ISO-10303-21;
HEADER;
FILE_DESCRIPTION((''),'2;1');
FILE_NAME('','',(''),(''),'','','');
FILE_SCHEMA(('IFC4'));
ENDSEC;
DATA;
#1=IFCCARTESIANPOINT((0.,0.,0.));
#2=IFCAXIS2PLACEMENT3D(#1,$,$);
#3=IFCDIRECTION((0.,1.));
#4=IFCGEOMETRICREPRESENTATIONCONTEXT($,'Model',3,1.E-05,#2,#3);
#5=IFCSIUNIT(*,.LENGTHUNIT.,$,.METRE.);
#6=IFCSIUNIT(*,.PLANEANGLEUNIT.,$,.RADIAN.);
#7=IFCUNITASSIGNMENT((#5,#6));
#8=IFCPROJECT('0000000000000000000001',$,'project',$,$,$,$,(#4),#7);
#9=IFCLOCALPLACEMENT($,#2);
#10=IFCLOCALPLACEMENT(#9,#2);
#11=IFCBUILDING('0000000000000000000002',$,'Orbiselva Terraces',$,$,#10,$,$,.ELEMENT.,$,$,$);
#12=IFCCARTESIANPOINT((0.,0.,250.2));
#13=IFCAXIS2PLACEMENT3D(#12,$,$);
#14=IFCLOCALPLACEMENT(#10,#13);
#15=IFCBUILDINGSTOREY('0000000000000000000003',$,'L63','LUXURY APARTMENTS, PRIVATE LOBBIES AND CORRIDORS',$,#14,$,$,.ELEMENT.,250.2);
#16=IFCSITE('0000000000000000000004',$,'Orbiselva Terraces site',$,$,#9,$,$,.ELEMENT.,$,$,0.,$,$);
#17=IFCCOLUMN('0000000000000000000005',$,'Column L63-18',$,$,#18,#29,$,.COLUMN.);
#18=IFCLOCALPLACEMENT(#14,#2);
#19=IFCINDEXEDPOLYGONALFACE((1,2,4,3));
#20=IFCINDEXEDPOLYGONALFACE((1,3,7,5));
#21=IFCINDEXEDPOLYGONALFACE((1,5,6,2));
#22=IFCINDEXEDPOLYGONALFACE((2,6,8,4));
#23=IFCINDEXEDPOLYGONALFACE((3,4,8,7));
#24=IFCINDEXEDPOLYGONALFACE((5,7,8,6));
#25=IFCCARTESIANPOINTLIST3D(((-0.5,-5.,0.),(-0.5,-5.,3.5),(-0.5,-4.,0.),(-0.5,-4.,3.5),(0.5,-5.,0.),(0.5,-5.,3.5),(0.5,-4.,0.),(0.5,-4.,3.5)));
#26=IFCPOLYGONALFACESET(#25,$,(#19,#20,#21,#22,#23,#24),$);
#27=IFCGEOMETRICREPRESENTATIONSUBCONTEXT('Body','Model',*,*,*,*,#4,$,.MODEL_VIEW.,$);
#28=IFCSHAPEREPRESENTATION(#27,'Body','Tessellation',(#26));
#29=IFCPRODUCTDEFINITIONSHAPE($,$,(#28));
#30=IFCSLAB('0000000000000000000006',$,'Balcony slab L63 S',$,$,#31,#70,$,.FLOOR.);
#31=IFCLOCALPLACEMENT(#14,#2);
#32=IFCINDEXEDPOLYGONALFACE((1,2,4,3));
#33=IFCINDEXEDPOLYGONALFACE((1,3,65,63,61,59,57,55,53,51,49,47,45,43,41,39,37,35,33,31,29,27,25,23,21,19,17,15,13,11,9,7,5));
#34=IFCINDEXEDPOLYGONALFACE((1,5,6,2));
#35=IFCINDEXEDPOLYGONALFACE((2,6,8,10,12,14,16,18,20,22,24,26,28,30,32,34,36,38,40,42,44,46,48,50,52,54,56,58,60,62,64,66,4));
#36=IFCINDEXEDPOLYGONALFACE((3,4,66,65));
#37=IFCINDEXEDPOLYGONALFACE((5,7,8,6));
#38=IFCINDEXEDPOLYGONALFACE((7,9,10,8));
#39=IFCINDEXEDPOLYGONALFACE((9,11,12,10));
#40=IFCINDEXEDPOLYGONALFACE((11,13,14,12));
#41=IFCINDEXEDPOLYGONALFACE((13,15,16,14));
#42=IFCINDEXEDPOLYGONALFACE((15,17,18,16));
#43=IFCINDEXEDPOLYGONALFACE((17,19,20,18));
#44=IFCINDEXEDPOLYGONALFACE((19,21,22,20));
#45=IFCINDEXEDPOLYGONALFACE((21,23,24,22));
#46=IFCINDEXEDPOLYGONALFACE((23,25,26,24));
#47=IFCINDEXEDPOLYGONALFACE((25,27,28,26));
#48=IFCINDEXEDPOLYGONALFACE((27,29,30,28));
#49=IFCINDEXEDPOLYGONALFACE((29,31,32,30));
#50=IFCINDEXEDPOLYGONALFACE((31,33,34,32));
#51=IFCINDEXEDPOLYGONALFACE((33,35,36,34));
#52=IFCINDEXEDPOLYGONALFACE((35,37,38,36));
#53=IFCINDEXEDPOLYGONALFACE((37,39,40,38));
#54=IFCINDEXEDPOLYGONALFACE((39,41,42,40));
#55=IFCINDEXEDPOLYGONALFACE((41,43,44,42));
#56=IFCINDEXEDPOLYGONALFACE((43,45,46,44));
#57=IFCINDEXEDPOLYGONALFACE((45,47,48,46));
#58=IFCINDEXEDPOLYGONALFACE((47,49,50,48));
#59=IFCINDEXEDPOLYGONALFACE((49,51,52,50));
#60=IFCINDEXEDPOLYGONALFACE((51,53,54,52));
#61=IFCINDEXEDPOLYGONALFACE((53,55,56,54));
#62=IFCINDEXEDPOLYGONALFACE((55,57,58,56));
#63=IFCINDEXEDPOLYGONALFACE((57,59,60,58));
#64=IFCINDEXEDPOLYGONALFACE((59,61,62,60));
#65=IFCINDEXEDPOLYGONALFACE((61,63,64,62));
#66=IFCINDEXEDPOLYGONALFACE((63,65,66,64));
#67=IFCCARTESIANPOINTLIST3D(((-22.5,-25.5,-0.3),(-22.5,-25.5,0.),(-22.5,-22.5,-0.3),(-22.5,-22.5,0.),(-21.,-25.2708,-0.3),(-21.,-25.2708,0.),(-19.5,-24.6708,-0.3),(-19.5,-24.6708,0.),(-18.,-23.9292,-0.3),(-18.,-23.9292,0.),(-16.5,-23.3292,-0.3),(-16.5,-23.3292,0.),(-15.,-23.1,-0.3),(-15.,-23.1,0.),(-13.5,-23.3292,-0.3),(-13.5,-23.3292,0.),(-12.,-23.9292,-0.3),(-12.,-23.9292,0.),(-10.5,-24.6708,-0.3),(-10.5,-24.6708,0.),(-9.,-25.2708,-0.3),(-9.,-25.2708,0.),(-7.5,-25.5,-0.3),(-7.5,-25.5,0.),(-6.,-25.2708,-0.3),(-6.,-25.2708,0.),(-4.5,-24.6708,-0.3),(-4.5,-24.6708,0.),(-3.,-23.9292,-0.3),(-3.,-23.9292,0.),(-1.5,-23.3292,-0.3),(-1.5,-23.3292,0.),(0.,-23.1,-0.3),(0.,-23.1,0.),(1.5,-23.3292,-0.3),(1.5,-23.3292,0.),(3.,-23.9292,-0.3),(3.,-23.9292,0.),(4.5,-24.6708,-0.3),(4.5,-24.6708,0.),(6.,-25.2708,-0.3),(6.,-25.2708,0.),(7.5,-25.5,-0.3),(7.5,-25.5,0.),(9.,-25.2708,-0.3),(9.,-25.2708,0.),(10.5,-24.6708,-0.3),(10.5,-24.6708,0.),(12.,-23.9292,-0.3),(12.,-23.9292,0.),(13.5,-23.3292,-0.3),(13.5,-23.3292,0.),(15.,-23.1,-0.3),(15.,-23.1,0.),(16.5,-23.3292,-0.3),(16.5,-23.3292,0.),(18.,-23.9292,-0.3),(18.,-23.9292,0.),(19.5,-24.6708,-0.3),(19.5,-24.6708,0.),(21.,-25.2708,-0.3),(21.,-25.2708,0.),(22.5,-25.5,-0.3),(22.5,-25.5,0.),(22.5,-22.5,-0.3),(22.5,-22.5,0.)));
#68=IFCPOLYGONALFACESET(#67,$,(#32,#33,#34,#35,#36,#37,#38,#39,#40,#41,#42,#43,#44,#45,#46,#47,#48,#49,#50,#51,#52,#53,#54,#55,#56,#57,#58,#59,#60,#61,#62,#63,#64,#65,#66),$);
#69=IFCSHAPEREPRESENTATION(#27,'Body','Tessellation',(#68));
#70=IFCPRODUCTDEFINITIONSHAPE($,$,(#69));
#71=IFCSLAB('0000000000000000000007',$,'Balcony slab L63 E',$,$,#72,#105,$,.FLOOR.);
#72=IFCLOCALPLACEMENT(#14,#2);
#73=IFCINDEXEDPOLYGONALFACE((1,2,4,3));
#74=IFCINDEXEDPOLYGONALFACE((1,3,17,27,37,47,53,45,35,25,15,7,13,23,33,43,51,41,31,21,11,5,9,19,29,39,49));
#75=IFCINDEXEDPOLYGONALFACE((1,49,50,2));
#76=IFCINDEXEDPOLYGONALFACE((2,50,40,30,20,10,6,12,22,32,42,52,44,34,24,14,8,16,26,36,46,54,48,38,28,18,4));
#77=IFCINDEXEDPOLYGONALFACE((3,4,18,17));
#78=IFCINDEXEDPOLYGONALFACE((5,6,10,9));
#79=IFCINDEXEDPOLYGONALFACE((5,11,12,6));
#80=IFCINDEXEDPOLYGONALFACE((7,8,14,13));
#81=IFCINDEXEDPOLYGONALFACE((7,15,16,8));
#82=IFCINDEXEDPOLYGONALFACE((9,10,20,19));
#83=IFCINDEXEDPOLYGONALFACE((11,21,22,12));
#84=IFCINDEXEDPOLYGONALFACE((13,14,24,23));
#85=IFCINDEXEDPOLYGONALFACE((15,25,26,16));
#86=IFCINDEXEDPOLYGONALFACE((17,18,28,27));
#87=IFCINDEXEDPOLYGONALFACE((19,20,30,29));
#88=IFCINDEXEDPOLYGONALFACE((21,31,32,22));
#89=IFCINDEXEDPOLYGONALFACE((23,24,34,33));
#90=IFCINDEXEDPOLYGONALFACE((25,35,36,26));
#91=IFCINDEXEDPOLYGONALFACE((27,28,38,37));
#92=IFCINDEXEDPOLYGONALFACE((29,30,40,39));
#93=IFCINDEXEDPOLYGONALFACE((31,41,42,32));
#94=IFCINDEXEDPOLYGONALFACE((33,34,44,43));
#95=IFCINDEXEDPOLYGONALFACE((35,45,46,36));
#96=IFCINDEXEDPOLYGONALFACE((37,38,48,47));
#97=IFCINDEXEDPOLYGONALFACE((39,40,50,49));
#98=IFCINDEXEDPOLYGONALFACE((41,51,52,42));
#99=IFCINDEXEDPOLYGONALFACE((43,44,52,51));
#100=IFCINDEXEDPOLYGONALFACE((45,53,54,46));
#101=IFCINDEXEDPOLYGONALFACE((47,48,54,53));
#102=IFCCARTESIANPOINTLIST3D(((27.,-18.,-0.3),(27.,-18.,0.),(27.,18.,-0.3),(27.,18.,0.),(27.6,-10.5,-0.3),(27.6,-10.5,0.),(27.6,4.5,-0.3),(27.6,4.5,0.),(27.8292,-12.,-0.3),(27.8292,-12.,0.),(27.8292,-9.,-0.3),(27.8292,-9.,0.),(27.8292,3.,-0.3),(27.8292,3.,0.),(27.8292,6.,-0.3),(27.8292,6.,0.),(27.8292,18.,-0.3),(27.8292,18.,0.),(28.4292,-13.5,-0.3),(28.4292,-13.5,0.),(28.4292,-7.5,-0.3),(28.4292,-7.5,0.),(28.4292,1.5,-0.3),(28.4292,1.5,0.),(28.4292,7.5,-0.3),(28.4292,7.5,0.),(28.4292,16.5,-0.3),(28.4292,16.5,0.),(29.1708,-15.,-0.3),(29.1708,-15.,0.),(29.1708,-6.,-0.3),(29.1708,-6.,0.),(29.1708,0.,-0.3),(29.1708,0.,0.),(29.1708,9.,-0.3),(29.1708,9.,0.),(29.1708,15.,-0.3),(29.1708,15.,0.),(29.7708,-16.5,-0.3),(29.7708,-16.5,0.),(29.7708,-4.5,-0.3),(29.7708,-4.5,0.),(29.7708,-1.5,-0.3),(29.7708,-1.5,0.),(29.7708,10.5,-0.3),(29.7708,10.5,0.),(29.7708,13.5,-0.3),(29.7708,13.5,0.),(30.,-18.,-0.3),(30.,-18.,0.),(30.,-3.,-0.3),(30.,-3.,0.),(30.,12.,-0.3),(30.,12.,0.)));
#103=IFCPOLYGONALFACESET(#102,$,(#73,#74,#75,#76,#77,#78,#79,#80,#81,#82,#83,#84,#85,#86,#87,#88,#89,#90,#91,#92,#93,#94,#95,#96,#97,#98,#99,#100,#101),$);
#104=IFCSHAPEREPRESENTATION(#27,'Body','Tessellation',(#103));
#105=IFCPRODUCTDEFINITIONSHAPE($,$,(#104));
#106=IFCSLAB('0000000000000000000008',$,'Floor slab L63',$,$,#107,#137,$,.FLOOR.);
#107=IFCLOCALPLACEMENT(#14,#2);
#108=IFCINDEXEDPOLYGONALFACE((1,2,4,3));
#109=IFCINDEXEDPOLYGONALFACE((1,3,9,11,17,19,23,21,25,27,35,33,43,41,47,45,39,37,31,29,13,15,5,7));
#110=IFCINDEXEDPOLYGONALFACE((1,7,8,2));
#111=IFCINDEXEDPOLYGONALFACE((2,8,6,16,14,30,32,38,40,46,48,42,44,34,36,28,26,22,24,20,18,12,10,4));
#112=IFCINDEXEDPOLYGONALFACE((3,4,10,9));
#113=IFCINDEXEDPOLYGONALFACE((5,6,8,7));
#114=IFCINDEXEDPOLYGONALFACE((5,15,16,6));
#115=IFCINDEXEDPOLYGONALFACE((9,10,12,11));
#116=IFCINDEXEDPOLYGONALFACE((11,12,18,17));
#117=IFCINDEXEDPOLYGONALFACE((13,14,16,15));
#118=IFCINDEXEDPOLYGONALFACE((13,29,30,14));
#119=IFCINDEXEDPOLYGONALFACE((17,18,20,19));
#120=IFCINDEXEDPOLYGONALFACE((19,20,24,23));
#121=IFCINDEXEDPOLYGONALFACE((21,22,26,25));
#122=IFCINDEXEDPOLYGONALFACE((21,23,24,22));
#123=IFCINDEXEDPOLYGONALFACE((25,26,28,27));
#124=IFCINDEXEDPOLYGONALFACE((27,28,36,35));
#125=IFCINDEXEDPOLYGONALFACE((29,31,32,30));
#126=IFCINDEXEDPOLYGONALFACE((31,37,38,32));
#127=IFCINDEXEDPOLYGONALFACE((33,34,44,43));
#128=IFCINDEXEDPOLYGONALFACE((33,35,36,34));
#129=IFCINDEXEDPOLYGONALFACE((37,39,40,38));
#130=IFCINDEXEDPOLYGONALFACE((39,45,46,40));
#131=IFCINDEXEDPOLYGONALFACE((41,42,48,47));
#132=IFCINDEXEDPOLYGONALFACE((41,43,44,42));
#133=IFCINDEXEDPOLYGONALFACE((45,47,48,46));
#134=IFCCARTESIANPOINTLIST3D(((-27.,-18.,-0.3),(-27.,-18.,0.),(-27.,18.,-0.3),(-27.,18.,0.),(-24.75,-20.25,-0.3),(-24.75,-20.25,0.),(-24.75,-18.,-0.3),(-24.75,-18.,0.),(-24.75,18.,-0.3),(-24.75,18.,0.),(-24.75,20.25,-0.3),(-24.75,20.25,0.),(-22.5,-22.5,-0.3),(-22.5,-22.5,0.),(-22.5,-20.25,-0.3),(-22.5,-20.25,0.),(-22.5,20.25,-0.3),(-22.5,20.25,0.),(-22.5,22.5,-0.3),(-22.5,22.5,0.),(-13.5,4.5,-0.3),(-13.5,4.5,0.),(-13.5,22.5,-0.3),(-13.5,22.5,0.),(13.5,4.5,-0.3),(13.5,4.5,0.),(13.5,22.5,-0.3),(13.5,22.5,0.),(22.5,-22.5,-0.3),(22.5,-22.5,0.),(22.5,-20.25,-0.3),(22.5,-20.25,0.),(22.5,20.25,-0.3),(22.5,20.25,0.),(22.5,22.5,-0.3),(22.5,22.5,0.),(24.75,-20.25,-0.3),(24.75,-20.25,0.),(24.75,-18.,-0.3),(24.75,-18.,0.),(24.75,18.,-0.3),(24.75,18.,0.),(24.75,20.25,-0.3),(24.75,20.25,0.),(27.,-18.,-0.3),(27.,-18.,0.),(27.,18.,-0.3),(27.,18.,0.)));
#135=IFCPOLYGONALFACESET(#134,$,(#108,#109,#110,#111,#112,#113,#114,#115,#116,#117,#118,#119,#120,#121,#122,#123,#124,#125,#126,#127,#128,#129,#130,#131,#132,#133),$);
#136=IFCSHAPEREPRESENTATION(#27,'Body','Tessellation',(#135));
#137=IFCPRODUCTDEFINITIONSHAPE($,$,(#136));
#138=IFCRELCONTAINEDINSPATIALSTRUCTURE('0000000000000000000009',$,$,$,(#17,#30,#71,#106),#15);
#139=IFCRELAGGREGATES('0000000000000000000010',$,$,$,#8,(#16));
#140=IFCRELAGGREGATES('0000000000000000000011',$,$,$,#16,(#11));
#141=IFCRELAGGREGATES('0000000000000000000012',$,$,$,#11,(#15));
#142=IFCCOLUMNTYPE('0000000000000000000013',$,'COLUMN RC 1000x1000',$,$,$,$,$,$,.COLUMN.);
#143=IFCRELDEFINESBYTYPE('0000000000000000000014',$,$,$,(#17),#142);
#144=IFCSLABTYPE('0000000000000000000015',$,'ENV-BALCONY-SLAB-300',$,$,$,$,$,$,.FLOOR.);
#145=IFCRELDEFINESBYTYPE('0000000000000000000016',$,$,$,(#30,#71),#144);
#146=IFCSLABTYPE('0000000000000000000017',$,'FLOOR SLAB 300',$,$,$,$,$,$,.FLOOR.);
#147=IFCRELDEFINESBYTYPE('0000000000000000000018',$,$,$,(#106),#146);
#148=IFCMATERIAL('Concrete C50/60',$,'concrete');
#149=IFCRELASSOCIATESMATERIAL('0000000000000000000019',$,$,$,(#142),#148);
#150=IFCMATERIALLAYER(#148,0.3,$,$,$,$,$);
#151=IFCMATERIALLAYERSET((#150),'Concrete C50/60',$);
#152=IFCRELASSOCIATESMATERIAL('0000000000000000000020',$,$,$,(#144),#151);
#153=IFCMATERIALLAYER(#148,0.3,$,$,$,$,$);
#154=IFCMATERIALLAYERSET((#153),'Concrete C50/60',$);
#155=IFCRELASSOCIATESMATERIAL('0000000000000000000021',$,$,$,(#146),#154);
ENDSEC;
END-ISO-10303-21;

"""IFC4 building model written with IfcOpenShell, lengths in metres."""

from ifc_helpers import new_model, si_unit, direction, frame, origin, origin_2d, place, context, subcontext, project, spatial, polyline, rectangle, outline, extrude, material, layer, layer_set, material_profile, profile_set, type_object, element, save


model = new_model("IFC4")

# Units and contexts
model_context = context("Model", 3, precision=1e-05, world=origin(), true_north=direction((0.0, 1.0)))
body_context = subcontext(model_context, "Body", "Model", "MODEL_VIEW")
ifc_project = project(units=[si_unit("LENGTHUNIT", "METRE"), si_unit("PLANEANGLEUNIT", "RADIAN")], contexts=[model_context])

# Site, building, storey
site_placement = place(None, origin())
site = spatial("IfcSite", under=ifc_project, at=site_placement, Name="Orbiselva Terraces site", CompositionType="ELEMENT", RefElevation=0.0)
building_placement = place(site_placement, origin())
building = spatial("IfcBuilding", under=site, at=building_placement, Name="Orbiselva Terraces", CompositionType="ELEMENT")
storey_placement = place(building_placement, frame((0.0, 0.0, 250.2)))
storey = spatial("IfcBuildingStorey", under=building, at=storey_placement, Name="L63", Description="LUXURY APARTMENTS, PRIVATE LOBBIES AND CORRIDORS", CompositionType="ELEMENT", Elevation=250.2)

# Column
ifc_material_1 = material(Name="Concrete C50/60", Category="concrete")
ifc_material_profile = material_profile(ifc_material_1, rectangle(XDim=1.0, YDim=1.0, at=origin_2d()), Name="RC 1000x1000")
ifc_profile_set = profile_set([ifc_material_profile], Name="Concrete C50/60")
column_type = type_object("IfcColumnType", Name="COLUMN RC 1000x1000", PredefinedType="COLUMN", material=ifc_profile_set)
column_placement = place(storey_placement, frame((0.0, -4.5, 0.0), z_axis=(0.0, 0.0, 1.0), x_axis=(1.0, 0.0, 0.0)))
element("IfcColumn", 1, at=column_placement, inside=storey, type_object=column_type, Name="Column L63-18", PredefinedType="COLUMN", context=body_context, shape_type="SweptSolid", body=[
    extrude(rectangle(XDim=1.0, YDim=1.0, at=origin_2d()), origin(), (0.0, 0.0, 1.0), 3.5),
])

# Slabs
ifc_layer_1 = layer(ifc_material_1, 0.3)
ifc_layer_set_1 = layer_set([ifc_layer_1], Name="Concrete C50/60")
slab_type_1 = type_object("IfcSlabType", Name="ENV-BALCONY-SLAB-300", PredefinedType="FLOOR", material=ifc_layer_set_1)
slab_1_placement = place(storey_placement, frame((0.0, 0.0, -0.3)))
element("IfcSlab", 2, at=slab_1_placement, inside=storey, type_object=slab_type_1, Name="Balcony slab L63 S", PredefinedType="FLOOR", context=body_context, shape_type="SweptSolid", body=[
    extrude(outline(polyline([(-22.5, -25.5), (-21.0, -25.2708), (-19.5, -24.6708), (-18.0, -23.9292), (-16.5, -23.3292), (-15.0, -23.1), (-13.5, -23.3292), (-12.0, -23.9292), (-10.5, -24.6708), (-9.0, -25.2708), (-7.5, -25.5), (-6.0, -25.2708), (-4.5, -24.6708), (-3.0, -23.9292), (-1.5, -23.3292), (0.0, -23.1), (1.5, -23.3292), (3.0, -23.9292), (4.5, -24.6708), (6.0, -25.2708), (7.5, -25.5), (9.0, -25.2708), (10.5, -24.6708), (12.0, -23.9292), (13.5, -23.3292), (15.0, -23.1), (16.5, -23.3292), (18.0, -23.9292), (19.5, -24.6708), (21.0, -25.2708), (22.5, -25.5), (22.5, -22.5), (-22.5, -22.5), (-22.5, -25.5)])), origin(), (0.0, 0.0, 1.0), 0.3),
])
slab_2_placement = place(storey_placement, frame((0.0, 0.0, -0.3)))
element("IfcSlab", 3, at=slab_2_placement, inside=storey, type_object=slab_type_1, Name="Balcony slab L63 E", PredefinedType="FLOOR", context=body_context, shape_type="SweptSolid", body=[
    extrude(outline(polyline([(30.0, -18.0), (29.7708, -16.5), (29.1708, -15.0), (28.4292, -13.5), (27.8292, -12.0), (27.6, -10.5), (27.8292, -9.0), (28.4292, -7.5), (29.1708, -6.0), (29.7708, -4.5), (30.0, -3.0), (29.7708, -1.5), (29.1708, 0.0), (28.4292, 1.5), (27.8292, 3.0), (27.6, 4.5), (27.8292, 6.0), (28.4292, 7.5), (29.1708, 9.0), (29.7708, 10.5), (30.0, 12.0), (29.7708, 13.5), (29.1708, 15.0), (28.4292, 16.5), (27.8292, 18.0), (27.0, 18.0), (27.0, -18.0), (30.0, -18.0)])), origin(), (0.0, 0.0, 1.0), 0.3),
])
ifc_layer_2 = layer(ifc_material_1, 0.3)
ifc_layer_set_2 = layer_set([ifc_layer_2], Name="Concrete C50/60")
slab_type_2 = type_object("IfcSlabType", Name="FLOOR SLAB 300", PredefinedType="FLOOR", material=ifc_layer_set_2)
slab_3_placement = place(storey_placement, frame((0.0, 0.0, -0.3)))
element("IfcSlab", 4, at=slab_3_placement, inside=storey, type_object=slab_type_2, Name="Floor slab L63", PredefinedType="FLOOR", context=body_context, shape_type="SweptSolid", body=[
    extrude(outline(polyline([(22.5, 22.5), (22.5, 20.25), (24.75, 20.25), (24.75, 18.0), (27.0, 18.0), (27.0, -18.0), (24.75, -18.0), (24.75, -20.25), (22.5, -20.25), (22.5, -22.5), (-22.5, -22.5), (-22.5, -20.25), (-24.75, -20.25), (-24.75, -18.0), (-27.0, -18.0), (-27.0, 18.0), (-24.75, 18.0), (-24.75, 20.25), (-22.5, 20.25), (-22.5, 22.5), (-13.5, 22.5), (-13.5, 4.5), (13.5, 4.5), (13.5, 22.5), (22.5, 22.5)])), origin(), (0.0, 0.0, 1.0), 0.3),
])

save(model, "model.ifc")
